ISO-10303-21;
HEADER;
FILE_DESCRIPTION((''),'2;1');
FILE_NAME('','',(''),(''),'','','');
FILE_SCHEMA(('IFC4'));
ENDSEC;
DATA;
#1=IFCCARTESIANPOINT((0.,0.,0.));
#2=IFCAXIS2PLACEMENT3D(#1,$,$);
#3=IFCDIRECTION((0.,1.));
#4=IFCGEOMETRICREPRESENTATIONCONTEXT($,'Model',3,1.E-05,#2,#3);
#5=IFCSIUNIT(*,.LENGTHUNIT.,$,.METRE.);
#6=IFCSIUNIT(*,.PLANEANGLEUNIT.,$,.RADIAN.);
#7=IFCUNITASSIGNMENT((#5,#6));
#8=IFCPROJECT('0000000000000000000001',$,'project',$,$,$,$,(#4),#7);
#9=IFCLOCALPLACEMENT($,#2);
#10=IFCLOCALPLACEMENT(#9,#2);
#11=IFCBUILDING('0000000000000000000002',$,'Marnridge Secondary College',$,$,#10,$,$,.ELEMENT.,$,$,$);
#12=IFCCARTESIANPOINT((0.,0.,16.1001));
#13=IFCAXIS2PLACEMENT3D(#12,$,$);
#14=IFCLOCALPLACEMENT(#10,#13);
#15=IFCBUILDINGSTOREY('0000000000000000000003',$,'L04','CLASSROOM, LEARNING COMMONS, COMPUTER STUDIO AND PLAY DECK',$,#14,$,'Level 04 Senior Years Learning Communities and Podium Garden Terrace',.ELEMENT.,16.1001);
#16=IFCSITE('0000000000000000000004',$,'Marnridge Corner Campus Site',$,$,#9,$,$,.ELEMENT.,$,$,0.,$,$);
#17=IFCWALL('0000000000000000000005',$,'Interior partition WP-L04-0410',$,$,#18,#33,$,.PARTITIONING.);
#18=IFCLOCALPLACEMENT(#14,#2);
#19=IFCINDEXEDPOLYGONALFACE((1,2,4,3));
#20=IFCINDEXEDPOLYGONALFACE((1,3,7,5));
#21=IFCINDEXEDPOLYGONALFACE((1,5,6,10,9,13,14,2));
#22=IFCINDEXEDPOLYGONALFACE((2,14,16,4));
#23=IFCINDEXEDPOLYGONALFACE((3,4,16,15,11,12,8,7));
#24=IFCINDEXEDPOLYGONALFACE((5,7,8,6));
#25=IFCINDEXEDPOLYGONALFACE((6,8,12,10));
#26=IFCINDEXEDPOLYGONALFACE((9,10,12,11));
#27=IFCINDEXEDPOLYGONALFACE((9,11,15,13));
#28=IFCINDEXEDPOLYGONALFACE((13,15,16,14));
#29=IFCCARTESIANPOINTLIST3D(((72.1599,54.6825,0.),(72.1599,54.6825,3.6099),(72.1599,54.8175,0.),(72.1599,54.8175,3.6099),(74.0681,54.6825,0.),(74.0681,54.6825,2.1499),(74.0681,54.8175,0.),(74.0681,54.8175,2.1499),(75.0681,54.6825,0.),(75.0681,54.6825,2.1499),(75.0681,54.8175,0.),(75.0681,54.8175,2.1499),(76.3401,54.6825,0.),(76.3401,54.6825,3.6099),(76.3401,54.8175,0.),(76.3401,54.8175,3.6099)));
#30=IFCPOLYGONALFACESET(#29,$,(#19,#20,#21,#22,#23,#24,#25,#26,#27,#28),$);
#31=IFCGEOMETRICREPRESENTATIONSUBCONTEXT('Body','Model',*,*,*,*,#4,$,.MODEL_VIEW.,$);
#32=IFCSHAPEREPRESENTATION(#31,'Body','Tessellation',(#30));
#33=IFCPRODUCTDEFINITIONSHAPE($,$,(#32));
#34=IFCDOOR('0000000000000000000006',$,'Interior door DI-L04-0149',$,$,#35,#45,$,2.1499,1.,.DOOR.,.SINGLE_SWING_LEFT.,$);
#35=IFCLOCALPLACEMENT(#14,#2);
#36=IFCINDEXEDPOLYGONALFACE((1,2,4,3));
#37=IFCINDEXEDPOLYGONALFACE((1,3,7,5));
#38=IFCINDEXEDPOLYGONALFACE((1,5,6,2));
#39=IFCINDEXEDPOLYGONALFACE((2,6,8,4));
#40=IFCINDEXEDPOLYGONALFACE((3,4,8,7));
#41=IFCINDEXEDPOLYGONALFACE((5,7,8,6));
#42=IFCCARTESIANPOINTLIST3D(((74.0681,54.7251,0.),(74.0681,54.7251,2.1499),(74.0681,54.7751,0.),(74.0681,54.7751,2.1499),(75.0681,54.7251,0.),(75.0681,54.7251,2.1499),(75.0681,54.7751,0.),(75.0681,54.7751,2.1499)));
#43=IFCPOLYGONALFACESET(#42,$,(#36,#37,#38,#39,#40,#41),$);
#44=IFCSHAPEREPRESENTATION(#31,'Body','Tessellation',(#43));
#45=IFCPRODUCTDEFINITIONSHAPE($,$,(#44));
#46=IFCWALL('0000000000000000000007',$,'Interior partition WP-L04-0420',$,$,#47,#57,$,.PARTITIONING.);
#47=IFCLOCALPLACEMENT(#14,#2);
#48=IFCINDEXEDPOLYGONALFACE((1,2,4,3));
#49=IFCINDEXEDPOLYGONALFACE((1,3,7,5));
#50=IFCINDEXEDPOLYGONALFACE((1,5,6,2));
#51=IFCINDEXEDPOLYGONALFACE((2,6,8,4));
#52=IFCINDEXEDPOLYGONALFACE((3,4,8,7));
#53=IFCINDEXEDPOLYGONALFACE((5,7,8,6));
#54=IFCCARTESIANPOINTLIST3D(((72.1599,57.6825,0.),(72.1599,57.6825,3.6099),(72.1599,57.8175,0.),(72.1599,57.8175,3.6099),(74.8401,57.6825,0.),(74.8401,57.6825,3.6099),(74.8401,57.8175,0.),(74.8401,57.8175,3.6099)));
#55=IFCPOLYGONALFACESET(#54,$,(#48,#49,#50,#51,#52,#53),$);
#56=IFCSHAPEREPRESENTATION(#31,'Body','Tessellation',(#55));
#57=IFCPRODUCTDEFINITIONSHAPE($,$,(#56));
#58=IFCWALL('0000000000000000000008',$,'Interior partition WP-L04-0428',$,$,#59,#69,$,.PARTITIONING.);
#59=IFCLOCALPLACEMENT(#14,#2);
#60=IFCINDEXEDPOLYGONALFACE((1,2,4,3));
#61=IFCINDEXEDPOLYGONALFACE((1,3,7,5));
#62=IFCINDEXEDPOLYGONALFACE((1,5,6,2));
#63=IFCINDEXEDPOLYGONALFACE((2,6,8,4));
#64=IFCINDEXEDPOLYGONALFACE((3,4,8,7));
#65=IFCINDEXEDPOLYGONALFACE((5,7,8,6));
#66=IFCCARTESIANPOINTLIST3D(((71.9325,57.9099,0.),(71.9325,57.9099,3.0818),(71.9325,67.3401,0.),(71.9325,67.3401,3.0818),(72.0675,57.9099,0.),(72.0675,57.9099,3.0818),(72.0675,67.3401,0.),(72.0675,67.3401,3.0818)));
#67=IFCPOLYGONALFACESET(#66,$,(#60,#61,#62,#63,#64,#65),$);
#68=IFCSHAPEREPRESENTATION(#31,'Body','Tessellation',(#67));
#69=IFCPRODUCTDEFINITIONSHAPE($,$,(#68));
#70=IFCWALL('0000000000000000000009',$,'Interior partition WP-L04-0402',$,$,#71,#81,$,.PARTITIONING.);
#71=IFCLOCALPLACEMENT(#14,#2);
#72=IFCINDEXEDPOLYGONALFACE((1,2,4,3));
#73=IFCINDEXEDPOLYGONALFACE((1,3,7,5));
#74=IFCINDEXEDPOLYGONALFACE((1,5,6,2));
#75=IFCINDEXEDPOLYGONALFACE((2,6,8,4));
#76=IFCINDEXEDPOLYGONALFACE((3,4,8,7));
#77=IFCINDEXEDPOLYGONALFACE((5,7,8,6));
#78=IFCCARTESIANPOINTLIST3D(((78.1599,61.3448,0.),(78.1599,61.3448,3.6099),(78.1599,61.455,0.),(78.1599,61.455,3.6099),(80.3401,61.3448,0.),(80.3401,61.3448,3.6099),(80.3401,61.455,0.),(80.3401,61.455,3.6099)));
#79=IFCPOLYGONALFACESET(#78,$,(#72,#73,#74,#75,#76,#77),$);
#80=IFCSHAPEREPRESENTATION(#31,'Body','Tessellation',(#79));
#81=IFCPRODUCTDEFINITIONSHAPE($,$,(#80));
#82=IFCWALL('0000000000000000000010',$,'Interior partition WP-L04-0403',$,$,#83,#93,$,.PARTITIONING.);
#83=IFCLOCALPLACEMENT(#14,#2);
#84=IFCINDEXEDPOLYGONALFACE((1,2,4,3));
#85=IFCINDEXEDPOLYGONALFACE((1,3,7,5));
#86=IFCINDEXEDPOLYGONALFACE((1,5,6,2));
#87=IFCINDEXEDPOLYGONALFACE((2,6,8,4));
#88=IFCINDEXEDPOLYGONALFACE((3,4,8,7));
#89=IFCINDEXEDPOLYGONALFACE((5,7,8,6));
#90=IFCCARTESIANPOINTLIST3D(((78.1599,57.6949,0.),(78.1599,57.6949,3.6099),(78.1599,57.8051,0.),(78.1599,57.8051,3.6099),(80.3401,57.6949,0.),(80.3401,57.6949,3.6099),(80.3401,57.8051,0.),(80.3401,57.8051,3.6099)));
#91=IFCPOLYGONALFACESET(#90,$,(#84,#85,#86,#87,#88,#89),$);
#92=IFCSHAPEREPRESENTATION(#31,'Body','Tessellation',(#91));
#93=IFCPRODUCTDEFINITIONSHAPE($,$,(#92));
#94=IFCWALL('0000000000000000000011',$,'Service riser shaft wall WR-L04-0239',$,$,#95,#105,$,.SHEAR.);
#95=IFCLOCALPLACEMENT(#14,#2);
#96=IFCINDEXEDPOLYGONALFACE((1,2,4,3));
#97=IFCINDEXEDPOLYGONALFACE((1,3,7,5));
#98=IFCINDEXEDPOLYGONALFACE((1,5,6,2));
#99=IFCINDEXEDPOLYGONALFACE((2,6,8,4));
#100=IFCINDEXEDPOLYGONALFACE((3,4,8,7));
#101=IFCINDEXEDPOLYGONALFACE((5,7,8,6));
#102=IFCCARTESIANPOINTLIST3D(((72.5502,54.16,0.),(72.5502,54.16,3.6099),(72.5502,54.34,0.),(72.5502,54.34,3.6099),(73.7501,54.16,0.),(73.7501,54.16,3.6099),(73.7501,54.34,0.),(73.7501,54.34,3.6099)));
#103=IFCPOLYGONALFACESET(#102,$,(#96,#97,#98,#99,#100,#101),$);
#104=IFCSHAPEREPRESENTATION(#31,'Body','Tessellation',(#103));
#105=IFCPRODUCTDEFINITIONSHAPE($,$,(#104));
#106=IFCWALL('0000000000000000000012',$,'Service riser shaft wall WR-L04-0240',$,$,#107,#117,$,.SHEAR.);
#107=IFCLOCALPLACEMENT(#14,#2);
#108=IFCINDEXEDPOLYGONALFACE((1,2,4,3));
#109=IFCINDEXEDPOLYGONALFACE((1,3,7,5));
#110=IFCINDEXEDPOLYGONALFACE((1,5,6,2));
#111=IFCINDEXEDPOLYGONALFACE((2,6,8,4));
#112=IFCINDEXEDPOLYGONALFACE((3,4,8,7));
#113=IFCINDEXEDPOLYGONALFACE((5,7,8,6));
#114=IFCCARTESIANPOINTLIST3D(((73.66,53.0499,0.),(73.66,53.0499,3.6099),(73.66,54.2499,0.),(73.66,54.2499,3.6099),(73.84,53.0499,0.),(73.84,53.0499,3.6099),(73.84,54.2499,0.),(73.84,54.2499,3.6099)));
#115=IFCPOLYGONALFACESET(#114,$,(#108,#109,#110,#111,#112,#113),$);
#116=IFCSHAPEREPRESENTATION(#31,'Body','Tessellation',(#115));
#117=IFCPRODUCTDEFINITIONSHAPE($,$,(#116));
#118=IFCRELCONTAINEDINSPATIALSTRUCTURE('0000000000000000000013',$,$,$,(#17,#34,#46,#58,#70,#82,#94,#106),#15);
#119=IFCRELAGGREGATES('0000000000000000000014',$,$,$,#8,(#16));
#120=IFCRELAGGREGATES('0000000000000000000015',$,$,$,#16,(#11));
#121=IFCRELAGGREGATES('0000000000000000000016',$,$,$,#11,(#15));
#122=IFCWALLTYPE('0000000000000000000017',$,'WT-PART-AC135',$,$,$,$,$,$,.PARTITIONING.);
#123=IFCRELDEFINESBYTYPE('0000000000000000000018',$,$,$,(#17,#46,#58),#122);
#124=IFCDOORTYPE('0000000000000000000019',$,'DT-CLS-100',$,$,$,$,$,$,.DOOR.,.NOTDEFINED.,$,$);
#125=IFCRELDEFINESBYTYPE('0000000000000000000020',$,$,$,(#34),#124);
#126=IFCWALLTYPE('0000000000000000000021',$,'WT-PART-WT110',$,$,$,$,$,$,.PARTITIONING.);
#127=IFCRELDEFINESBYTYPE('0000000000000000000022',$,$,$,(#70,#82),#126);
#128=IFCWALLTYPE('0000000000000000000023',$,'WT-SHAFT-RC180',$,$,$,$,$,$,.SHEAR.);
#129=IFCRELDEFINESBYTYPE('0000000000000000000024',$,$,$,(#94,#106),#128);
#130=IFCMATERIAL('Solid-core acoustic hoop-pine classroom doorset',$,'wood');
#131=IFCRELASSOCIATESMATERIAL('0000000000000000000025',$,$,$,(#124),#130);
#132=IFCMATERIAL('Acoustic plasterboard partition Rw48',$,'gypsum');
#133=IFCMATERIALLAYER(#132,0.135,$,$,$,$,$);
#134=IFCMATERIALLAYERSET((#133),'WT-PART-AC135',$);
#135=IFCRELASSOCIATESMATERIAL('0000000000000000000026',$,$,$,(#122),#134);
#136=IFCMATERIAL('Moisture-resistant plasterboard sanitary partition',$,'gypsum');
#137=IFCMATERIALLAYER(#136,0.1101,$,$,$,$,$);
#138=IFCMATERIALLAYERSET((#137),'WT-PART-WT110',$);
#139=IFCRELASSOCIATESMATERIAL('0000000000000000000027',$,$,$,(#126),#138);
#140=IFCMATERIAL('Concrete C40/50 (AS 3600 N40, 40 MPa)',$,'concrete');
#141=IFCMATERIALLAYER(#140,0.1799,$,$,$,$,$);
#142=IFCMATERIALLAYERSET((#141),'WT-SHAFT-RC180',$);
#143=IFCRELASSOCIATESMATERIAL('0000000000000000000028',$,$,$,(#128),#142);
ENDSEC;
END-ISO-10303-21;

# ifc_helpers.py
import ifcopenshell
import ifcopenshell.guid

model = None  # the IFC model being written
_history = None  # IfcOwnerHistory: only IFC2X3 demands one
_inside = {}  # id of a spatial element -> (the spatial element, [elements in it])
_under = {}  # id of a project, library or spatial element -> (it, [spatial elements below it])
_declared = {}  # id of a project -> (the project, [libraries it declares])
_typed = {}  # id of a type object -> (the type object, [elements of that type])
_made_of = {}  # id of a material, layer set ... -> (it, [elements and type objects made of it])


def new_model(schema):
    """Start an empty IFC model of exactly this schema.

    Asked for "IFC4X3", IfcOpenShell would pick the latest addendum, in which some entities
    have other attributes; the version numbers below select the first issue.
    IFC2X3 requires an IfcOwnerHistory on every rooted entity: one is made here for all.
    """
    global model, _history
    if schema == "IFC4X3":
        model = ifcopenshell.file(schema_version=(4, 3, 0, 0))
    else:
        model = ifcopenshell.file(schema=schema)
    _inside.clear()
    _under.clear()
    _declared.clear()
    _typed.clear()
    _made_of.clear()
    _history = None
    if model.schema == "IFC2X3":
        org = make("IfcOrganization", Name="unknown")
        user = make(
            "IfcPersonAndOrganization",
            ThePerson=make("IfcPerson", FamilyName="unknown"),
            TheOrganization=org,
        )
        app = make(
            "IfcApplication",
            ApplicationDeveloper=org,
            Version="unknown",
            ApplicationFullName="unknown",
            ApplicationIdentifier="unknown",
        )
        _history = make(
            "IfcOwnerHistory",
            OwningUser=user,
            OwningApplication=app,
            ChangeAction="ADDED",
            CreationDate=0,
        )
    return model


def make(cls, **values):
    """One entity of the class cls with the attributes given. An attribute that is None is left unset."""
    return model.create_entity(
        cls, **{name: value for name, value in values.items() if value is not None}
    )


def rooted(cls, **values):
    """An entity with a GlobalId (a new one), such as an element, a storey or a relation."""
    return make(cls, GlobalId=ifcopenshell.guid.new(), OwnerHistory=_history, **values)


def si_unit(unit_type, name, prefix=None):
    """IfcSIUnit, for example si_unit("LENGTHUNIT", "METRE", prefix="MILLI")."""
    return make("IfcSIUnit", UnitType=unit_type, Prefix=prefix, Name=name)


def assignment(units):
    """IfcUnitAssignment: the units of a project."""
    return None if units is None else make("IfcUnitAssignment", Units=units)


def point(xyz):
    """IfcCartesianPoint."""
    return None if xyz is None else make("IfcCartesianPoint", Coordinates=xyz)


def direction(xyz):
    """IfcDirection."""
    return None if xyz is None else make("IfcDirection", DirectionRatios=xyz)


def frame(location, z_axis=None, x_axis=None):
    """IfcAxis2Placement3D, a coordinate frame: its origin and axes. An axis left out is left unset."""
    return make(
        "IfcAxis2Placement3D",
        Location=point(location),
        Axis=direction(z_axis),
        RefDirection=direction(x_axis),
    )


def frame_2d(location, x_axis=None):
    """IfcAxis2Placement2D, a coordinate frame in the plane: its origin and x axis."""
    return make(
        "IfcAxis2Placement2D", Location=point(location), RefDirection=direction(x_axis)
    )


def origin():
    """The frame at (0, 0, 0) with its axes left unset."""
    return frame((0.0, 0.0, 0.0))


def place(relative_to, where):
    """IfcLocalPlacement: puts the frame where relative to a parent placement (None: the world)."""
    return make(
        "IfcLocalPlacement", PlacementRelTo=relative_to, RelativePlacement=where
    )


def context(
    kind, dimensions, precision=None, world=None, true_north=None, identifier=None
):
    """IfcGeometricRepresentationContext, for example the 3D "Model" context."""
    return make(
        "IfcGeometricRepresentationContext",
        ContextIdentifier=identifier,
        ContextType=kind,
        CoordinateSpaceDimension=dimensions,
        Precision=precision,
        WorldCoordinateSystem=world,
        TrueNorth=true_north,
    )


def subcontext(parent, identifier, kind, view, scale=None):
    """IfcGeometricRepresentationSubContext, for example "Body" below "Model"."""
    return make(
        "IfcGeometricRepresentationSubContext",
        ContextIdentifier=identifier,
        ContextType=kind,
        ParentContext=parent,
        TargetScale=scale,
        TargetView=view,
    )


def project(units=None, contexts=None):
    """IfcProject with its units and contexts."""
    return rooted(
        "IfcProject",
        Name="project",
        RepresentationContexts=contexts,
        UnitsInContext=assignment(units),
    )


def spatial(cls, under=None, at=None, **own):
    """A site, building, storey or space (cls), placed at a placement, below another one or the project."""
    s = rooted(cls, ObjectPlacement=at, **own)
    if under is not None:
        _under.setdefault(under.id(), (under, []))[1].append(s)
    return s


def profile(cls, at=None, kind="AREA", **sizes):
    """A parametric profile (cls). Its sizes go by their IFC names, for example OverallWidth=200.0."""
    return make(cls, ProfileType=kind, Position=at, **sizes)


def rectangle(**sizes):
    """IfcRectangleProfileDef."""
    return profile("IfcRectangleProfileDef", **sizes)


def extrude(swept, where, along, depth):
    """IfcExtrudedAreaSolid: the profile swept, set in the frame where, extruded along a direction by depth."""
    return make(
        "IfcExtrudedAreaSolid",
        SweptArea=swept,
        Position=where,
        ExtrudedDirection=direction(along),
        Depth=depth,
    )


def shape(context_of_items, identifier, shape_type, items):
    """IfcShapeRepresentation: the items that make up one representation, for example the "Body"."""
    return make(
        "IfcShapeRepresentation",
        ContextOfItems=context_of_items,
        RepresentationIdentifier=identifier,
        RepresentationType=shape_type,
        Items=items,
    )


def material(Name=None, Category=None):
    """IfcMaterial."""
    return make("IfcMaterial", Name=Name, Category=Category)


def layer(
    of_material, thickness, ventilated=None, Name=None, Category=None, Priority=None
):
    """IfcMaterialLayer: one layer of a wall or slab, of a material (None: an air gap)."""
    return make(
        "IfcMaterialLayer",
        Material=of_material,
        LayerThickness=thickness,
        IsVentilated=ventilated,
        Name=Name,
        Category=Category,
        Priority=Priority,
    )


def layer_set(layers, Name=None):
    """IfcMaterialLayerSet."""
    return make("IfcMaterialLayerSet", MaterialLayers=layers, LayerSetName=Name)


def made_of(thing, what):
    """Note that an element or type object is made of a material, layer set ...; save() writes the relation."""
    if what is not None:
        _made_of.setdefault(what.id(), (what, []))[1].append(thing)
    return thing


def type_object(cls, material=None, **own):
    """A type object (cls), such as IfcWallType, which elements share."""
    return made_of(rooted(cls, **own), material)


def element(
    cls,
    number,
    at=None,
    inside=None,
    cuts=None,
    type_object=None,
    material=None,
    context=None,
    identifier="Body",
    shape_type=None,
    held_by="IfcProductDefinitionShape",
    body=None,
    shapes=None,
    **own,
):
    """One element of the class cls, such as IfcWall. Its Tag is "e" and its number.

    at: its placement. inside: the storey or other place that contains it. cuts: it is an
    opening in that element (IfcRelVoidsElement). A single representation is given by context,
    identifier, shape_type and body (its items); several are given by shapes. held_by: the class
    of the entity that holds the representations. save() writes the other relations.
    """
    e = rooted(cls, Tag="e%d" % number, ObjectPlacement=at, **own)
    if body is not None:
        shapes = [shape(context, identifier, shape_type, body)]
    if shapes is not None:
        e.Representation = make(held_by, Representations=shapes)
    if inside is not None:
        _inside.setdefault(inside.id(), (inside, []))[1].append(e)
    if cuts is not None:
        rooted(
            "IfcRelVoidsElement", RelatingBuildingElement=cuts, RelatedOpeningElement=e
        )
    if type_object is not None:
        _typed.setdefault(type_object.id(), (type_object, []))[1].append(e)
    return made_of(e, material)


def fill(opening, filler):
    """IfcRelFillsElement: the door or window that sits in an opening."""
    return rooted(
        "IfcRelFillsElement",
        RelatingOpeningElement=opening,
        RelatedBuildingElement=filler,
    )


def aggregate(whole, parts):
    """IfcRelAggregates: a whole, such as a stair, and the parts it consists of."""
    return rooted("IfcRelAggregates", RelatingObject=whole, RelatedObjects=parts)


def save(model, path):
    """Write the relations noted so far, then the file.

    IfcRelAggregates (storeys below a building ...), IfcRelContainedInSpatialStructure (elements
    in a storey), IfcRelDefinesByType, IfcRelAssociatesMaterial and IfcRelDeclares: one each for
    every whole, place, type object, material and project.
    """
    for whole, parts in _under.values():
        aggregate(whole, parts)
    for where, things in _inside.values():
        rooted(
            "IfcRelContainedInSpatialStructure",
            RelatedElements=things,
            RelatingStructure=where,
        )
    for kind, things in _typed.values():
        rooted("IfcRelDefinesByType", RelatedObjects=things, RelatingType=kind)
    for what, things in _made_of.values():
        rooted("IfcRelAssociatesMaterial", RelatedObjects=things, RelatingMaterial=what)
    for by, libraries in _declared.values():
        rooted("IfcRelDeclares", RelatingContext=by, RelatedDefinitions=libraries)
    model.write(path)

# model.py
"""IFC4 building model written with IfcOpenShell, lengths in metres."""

from ifc_helpers import new_model, si_unit, direction, frame, frame_2d, origin, place, context, subcontext, project, spatial, rectangle, extrude, material, layer, layer_set, type_object, element, fill, save


model = new_model("IFC4")

# Units and contexts
model_context = context("Model", 3, precision=1e-05, world=origin(), true_north=direction((0.0, 1.0)))
body_context = subcontext(model_context, "Body", "Model", "MODEL_VIEW")
ifc_project = project(units=[si_unit("LENGTHUNIT", "METRE"), si_unit("PLANEANGLEUNIT", "RADIAN")], contexts=[model_context])

# Site, building, storey
site_placement = place(None, origin())
site = spatial("IfcSite", under=ifc_project, at=site_placement, Name="Marnridge Corner Campus Site", CompositionType="ELEMENT", RefElevation=0.0)
building_placement = place(site_placement, origin())
building = spatial("IfcBuilding", under=site, at=building_placement, Name="Marnridge Secondary College", CompositionType="ELEMENT")
storey_placement = place(building_placement, frame((0.0, 0.0, 16.1001)))
storey = spatial("IfcBuildingStorey", under=building, at=storey_placement, Name="L04", Description="CLASSROOM, LEARNING COMMONS, COMPUTER STUDIO AND PLAY DECK", LongName="Level 04 Senior Years Learning Communities and Podium Garden Terrace", CompositionType="ELEMENT", Elevation=16.1001)

# Shared definitions
ifc_material_1 = material(Name="Solid-core acoustic hoop-pine classroom doorset", Category="wood")
door_type = type_object("IfcDoorType", Name="DT-CLS-100", OperationType="NOTDEFINED", PredefinedType="DOOR", material=ifc_material_1)

# Wall, opening, door
ifc_material_2 = material(Name="Acoustic plasterboard partition Rw48", Category="gypsum")
ifc_layer_1 = layer(ifc_material_2, 0.135)
ifc_layer_set_1 = layer_set([ifc_layer_1], Name="WT-PART-AC135")
wall_type_1 = type_object("IfcWallType", Name="WT-PART-AC135", PredefinedType="PARTITIONING", material=ifc_layer_set_1)
wall_1_placement = place(storey_placement, frame((76.3401, 54.75, 0.0), z_axis=(0.0, 0.0, 1.0), x_axis=(-1.0, 0.0, 0.0)))
wall_1 = element("IfcWall", 1, at=wall_1_placement, inside=storey, type_object=wall_type_1, Name="Interior partition WP-L04-0410", PredefinedType="PARTITIONING", context=body_context, shape_type="SweptSolid", body=[
    extrude(rectangle(XDim=4.1802, YDim=0.135, at=frame_2d((2.0901, 0.0))), origin(), (0.0, 0.0, 1.0), 3.6099),
])
opening_1_placement = place(wall_1_placement, frame((1.272, 0.0, 0.0)))
opening_1 = element("IfcOpeningElement", 2, at=opening_1_placement, cuts=wall_1, PredefinedType="OPENING", context=body_context, shape_type="SweptSolid", body=[
    extrude(rectangle(XDim=1.0, YDim=2.1499, at=frame_2d((0.5, 1.075))), frame((0.0, 0.0774, 0.0), z_axis=(0.0, -1.0, 0.0), x_axis=(1.0, 0.0, 0.0)), (0.0, 0.0, 1.0), 0.155),
])
door_1_placement = place(opening_1_placement, origin())
door_1 = element("IfcDoor", 3, at=door_1_placement, inside=storey, type_object=door_type, Name="Interior door DI-L04-0149", OperationType="SINGLE_SWING_LEFT", OverallHeight=2.1499, OverallWidth=1.0, PredefinedType="DOOR", context=body_context, shape_type="SweptSolid", body=[
    extrude(rectangle(XDim=1.0, YDim=2.1499, at=frame_2d((0.5, 1.075))), frame((0.0, 0.0249, 0.0), z_axis=(0.0, -1.0, 0.0), x_axis=(1.0, 0.0, 0.0)), (0.0, 0.0, 1.0), 0.05),
])
fill(opening_1, door_1)

# Walls
wall_2_placement = place(storey_placement, frame((72.1599, 57.75, 0.0), z_axis=(0.0, 0.0, 1.0), x_axis=(1.0, 0.0, 0.0)))
element("IfcWall", 4, at=wall_2_placement, inside=storey, type_object=wall_type_1, Name="Interior partition WP-L04-0420", PredefinedType="PARTITIONING", context=body_context, shape_type="SweptSolid", body=[
    extrude(rectangle(XDim=2.6802, YDim=0.135, at=frame_2d((1.3401, 0.0))), origin(), (0.0, 0.0, 1.0), 3.6099),
])
wall_3_placement = place(storey_placement, frame((72.0, 57.9099, 0.0), z_axis=(0.0, 0.0, 1.0), x_axis=(0.0, 1.0, 0.0)))
element("IfcWall", 5, at=wall_3_placement, inside=storey, type_object=wall_type_1, Name="Interior partition WP-L04-0428", PredefinedType="PARTITIONING", context=body_context, shape_type="SweptSolid", body=[
    extrude(rectangle(XDim=9.4302, YDim=0.135, at=frame_2d((4.7151, 0.0))), origin(), (0.0, 0.0, 1.0), 3.0818),
])

# Shared definitions
ifc_material_3 = material(Name="Moisture-resistant plasterboard sanitary partition", Category="gypsum")
ifc_layer_2 = layer(ifc_material_3, 0.1101)
ifc_layer_set_2 = layer_set([ifc_layer_2], Name="WT-PART-WT110")
wall_type_2 = type_object("IfcWallType", Name="WT-PART-WT110", PredefinedType="PARTITIONING", material=ifc_layer_set_2)

# Walls
for number, where, z_axis, x_axis, name in (
    (6, (80.3401, 61.3999, 0.0), (0.0, 0.0, 1.0), (-1.0, 0.0, 0.0), "Interior partition WP-L04-0402"),
    (7, (78.1599, 57.75, 0.0), (0.0, 0.0, 1.0), (1.0, 0.0, 0.0), "Interior partition WP-L04-0403"),
):
    element("IfcWall", number, at=place(storey_placement, frame(where, z_axis=z_axis, x_axis=x_axis)), inside=storey, type_object=wall_type_2, Name=name, PredefinedType="PARTITIONING", context=body_context, shape_type="SweptSolid", body=[
        extrude(rectangle(XDim=2.1802, YDim=0.1101, at=frame_2d((1.0901, 0.0))), origin(), (0.0, 0.0, 1.0), 3.6099),
    ])
ifc_material_4 = material(Name="Concrete C40/50 (AS 3600 N40, 40 MPa)", Category="concrete")
ifc_layer_3 = layer(ifc_material_4, 0.1799)
ifc_layer_set_3 = layer_set([ifc_layer_3], Name="WT-SHAFT-RC180")
wall_type_3 = type_object("IfcWallType", Name="WT-SHAFT-RC180", PredefinedType="SHEAR", material=ifc_layer_set_3)
for number, where, z_axis, x_axis, name in (
    (8, (72.55, 54.25, 0.0), (0.0, 0.0, 1.0), (1.0, 0.0, 0.0), "Service riser shaft wall WR-L04-0239"),
    (9, (73.75, 54.25, 0.0), (0.0, 0.0, 1.0), (0.0, -1.0, 0.0), "Service riser shaft wall WR-L04-0240"),
):
    element("IfcWall", number, at=place(storey_placement, frame(where, z_axis=z_axis, x_axis=x_axis)), inside=storey, type_object=wall_type_3, Name=name, PredefinedType="SHEAR", context=body_context, shape_type="SweptSolid", body=[
        extrude(rectangle(XDim=1.2, YDim=0.1799, at=frame_2d((0.6001, 0.0))), origin(), (0.0, 0.0, 1.0), 3.6099),
    ])

save(model, "model.ifc")
